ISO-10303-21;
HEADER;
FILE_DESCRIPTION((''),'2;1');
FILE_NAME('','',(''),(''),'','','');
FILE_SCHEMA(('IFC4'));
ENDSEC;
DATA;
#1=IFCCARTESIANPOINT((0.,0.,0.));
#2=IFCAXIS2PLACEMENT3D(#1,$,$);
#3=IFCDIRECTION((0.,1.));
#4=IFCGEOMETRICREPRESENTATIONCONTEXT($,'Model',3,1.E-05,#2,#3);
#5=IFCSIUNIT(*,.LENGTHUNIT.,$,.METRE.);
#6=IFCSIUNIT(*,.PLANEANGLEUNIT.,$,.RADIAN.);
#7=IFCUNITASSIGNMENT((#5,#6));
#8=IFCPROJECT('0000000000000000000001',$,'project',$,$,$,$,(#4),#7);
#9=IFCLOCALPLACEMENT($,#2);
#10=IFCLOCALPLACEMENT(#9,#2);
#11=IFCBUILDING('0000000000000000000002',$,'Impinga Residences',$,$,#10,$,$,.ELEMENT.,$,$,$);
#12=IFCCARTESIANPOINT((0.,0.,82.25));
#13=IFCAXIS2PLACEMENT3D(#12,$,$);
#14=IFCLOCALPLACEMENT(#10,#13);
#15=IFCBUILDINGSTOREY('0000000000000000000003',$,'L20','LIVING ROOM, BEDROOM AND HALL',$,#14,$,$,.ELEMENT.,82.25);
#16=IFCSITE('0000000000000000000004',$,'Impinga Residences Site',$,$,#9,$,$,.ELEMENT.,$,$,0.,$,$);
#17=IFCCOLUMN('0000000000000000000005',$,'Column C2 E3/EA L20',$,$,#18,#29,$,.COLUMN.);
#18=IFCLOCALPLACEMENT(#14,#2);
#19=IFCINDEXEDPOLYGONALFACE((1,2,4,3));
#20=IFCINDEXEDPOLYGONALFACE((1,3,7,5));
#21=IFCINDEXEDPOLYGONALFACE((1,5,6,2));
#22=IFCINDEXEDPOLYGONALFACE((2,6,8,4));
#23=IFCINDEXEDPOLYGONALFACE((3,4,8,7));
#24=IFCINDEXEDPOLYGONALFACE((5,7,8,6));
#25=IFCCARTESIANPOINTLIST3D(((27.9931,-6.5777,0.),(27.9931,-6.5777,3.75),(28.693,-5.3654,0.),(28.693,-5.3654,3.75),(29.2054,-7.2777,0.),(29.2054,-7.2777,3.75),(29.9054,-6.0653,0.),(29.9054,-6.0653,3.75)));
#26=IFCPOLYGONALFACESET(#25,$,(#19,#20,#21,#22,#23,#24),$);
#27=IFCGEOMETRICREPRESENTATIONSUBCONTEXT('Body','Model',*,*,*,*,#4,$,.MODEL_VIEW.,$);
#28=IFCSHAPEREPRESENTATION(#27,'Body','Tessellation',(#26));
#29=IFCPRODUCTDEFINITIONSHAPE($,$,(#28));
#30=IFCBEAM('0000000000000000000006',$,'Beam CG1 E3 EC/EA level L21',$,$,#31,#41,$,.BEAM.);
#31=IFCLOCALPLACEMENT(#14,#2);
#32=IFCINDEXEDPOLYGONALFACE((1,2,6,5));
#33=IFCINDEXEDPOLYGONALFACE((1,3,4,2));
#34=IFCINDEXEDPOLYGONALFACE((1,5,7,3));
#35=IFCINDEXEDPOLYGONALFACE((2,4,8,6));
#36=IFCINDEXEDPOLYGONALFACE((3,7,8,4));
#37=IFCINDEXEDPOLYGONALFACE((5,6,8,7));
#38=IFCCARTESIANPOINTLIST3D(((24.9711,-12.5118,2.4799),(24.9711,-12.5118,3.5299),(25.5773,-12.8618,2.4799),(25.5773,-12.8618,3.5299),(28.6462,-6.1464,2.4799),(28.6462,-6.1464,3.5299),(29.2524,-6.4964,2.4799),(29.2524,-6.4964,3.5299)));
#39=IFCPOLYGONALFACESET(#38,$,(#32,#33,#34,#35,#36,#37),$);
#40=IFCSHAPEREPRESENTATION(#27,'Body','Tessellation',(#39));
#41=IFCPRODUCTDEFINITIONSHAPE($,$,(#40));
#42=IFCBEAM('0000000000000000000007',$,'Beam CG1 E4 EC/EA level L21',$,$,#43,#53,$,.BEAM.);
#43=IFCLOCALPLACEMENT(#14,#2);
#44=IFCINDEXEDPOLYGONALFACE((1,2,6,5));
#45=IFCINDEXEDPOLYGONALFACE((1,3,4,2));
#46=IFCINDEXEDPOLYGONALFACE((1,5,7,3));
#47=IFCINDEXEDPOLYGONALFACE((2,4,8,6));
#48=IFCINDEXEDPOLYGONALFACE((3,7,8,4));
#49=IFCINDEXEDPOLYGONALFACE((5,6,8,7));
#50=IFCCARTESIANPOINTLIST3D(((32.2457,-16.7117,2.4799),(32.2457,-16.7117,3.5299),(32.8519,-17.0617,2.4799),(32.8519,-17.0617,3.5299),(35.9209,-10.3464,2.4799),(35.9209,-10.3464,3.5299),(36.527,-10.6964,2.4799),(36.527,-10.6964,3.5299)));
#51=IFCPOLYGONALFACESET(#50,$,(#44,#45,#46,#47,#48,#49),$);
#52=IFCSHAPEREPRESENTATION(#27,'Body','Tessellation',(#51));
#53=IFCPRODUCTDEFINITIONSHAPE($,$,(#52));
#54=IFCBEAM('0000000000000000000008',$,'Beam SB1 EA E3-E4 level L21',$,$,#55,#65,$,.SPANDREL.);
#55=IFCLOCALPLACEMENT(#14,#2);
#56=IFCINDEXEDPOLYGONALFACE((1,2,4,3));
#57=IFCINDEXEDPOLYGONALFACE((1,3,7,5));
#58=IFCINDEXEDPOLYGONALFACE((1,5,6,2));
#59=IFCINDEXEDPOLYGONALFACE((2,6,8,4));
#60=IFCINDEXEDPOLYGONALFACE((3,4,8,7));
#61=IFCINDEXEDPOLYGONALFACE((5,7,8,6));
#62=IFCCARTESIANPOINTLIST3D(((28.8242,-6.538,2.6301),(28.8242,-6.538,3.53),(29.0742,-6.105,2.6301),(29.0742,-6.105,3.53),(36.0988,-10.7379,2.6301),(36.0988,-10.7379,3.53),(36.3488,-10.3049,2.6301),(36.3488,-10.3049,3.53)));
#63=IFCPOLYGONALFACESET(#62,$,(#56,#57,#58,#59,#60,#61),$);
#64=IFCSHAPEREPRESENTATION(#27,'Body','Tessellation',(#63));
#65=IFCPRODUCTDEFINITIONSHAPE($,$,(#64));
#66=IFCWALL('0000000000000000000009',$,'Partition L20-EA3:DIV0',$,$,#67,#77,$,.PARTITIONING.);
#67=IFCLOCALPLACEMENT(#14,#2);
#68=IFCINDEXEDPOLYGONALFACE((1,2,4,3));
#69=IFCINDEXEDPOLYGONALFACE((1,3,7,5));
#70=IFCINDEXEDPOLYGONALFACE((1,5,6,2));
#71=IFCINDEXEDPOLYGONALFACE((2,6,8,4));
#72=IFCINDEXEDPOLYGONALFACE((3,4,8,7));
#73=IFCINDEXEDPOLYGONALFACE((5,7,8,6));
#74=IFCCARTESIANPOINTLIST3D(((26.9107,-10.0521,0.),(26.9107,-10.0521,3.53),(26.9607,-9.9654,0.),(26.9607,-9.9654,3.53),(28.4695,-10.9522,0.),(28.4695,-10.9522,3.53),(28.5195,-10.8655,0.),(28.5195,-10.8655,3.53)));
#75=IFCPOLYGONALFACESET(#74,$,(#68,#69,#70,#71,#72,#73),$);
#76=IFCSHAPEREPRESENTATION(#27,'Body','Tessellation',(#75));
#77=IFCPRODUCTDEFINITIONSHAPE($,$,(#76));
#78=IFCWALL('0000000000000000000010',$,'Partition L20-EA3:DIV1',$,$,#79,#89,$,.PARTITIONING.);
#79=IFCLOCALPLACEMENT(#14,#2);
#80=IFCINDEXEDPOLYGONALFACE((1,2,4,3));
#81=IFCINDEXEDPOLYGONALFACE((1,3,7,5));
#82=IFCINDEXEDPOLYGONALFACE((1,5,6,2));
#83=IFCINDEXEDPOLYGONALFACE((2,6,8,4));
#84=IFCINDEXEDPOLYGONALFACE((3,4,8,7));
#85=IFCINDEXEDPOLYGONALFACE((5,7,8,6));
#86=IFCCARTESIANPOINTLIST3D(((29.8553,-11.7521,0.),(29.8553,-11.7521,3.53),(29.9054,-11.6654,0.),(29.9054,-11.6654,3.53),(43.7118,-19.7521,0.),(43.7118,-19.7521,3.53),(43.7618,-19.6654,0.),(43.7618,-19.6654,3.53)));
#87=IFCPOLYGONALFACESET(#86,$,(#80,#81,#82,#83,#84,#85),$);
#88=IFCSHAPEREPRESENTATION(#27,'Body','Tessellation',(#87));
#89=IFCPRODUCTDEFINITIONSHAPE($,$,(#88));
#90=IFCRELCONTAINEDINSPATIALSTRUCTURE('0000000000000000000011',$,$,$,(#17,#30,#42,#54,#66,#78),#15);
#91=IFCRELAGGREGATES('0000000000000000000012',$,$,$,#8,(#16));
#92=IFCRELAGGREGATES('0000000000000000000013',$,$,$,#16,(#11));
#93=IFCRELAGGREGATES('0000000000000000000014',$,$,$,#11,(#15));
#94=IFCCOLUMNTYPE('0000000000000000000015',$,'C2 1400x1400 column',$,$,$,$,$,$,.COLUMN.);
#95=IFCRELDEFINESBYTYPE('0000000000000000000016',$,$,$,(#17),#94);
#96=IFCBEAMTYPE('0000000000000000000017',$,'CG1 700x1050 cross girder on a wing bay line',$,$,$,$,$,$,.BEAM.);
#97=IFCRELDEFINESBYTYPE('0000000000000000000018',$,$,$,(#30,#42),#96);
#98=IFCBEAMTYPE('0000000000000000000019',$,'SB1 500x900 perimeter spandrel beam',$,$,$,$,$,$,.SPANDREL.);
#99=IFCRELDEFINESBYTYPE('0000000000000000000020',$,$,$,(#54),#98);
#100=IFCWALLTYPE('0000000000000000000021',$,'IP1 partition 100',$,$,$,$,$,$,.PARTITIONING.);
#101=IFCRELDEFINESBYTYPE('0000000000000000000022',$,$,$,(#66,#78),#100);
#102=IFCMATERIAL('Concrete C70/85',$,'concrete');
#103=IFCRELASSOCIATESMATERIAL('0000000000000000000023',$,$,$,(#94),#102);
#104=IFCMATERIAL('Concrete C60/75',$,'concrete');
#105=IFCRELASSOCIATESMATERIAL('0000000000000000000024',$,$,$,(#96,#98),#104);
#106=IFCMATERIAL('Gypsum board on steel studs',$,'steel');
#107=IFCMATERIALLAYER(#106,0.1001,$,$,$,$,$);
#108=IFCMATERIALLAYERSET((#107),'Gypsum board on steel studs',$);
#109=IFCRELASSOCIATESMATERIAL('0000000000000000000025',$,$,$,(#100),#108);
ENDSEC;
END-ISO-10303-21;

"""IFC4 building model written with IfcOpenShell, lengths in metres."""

from ifc_helpers import new_model, si_unit, direction, frame, frame_2d, origin, origin_2d, place, context, subcontext, project, spatial, rectangle, extrude, material, layer, layer_set, material_profile, profile_set, type_object, element, save


model = new_model("IFC4")

# Units and contexts
model_context = context("Model", 3, precision=1e-05, world=origin(), true_north=direction((0.0, 1.0)))
body_context = subcontext(model_context, "Body", "Model", "MODEL_VIEW")
ifc_project = project(units=[si_unit("LENGTHUNIT", "METRE"), si_unit("PLANEANGLEUNIT", "RADIAN")], contexts=[model_context])

# Site, building, storey
site_placement = place(None, origin())
site = spatial("IfcSite", under=ifc_project, at=site_placement, Name="Impinga Residences Site", CompositionType="ELEMENT", RefElevation=0.0)
building_placement = place(site_placement, origin())
building = spatial("IfcBuilding", under=site, at=building_placement, Name="Impinga Residences", CompositionType="ELEMENT")
storey_placement = place(building_placement, frame((0.0, 0.0, 82.25)))
storey = spatial("IfcBuildingStorey", under=building, at=storey_placement, Name="L20", Description="LIVING ROOM, BEDROOM AND HALL", CompositionType="ELEMENT", Elevation=82.25)

# Column
ifc_material_1 = material(Name="Concrete C70/85", Category="concrete")
ifc_material_profile_1 = material_profile(ifc_material_1, rectangle(XDim=1.3999, YDim=1.3999, at=origin_2d()), Name="RC 1400x1400")
ifc_profile_set_1 = profile_set([ifc_material_profile_1], Name="Concrete C70/85")
column_type = type_object("IfcColumnType", Name="C2 1400x1400 column", PredefinedType="COLUMN", material=ifc_profile_set_1)
column_placement = place(storey_placement, frame((28.9492, -6.3215, 0.0), z_axis=(0.0, 0.0, 1.0), x_axis=(-0.5, -0.866025, 0.0)))
element("IfcColumn", 1, at=column_placement, inside=storey, type_object=column_type, Name="Column C2 E3/EA L20", PredefinedType="COLUMN", context=body_context, shape_type="SweptSolid", body=[
    extrude(rectangle(XDim=1.3999, YDim=1.3999, at=origin_2d()), origin(), (0.0, 0.0, 1.0), 3.75),
])

# Beams
ifc_material_2 = material(Name="Concrete C60/75", Category="concrete")
ifc_material_profile_2 = material_profile(ifc_material_2, rectangle(XDim=0.7, YDim=1.05, at=origin_2d()), Name="RC 700x1050")
ifc_profile_set_2 = profile_set([ifc_material_profile_2], Name="Concrete C60/75")
beam_type_1 = type_object("IfcBeamType", Name="CG1 700x1050 cross girder on a wing bay line", PredefinedType="BEAM", material=ifc_profile_set_2)
for number, where, z_axis, x_axis, name in (
    (2, (25.2742, -12.6868, 3.0049), (0.500008, 0.866021, 0.0), (-0.866021, 0.500008, 0.0), "Beam CG1 E3 EC/EA level L21"),
    (3, (32.5488, -16.8867, 3.0049), (0.500008, 0.866021, 0.0), (-0.866021, 0.500008, 0.0), "Beam CG1 E4 EC/EA level L21"),
):
    element("IfcBeam", number, at=place(storey_placement, frame(where, z_axis=z_axis, x_axis=x_axis)), inside=storey, type_object=beam_type_1, Name=name, PredefinedType="BEAM", context=body_context, shape_type="SweptSolid", body=[
        extrude(rectangle(XDim=0.7, YDim=1.05, at=origin_2d()), origin(), (0.0, 0.0, 1.0), 7.3501),
    ])
ifc_material_profile_3 = material_profile(ifc_material_2, rectangle(XDim=0.5, YDim=0.8999, at=origin_2d()), Name="RC 500x900")
ifc_profile_set_3 = profile_set([ifc_material_profile_3], Name="Concrete C60/75")
beam_type_2 = type_object("IfcBeamType", Name="SB1 500x900 perimeter spandrel beam", PredefinedType="SPANDREL", material=ifc_profile_set_3)
beam_placement = place(storey_placement, frame((28.9492, -6.3215, 3.0801), z_axis=(0.866029, -0.499993, 0.0), x_axis=(0.499993, 0.866029, 0.0)))
element("IfcBeam", 4, at=beam_placement, inside=storey, type_object=beam_type_2, Name="Beam SB1 EA E3-E4 level L21", PredefinedType="SPANDREL", context=body_context, shape_type="SweptSolid", body=[
    extrude(rectangle(XDim=0.5, YDim=0.8999, at=origin_2d()), origin(), (0.0, 0.0, 1.0), 8.3999),
])

# Walls
ifc_material_3 = material(Name="Gypsum board on steel studs", Category="steel")
ifc_layer_1 = layer(ifc_material_3, 0.1001)
ifc_layer_set_1 = layer_set([ifc_layer_1], Name="Gypsum board on steel studs")
wall_type_1 = type_object("IfcWallType", Name="IP1 partition 100", PredefinedType="PARTITIONING", material=ifc_layer_set_1)
wall_1_placement = place(storey_placement, frame((26.9358, -10.0088, 0.0), z_axis=(0.0, 0.0, 1.0), x_axis=(0.865989, -0.500063, 0.0)))
element("IfcWall", 5, at=wall_1_placement, inside=storey, type_object=wall_type_1, Name="Partition L20-EA3:DIV0", PredefinedType="PARTITIONING", context=body_context, shape_type="SweptSolid", body=[
    extrude(rectangle(XDim=1.8, YDim=0.1001, at=frame_2d((0.8999, 0.0))), origin(), (0.0, 0.0, 1.0), 3.53),
])
wall_2_placement = place(storey_placement, frame((29.8804, -11.7087, 0.0), z_axis=(0.0, 0.0, 1.0), x_axis=(0.866026, -0.499999, 0.0)))
element("IfcWall", 6, at=wall_2_placement, inside=storey, type_object=wall_type_1, Name="Partition L20-EA3:DIV1", PredefinedType="PARTITIONING", context=body_context, shape_type="SweptSolid", body=[
    extrude(rectangle(XDim=16.0, YDim=0.1001, at=frame_2d((8.0, 0.0))), origin(), (0.0, 0.0, 1.0), 3.53),
])

save(model, "model.ifc")
